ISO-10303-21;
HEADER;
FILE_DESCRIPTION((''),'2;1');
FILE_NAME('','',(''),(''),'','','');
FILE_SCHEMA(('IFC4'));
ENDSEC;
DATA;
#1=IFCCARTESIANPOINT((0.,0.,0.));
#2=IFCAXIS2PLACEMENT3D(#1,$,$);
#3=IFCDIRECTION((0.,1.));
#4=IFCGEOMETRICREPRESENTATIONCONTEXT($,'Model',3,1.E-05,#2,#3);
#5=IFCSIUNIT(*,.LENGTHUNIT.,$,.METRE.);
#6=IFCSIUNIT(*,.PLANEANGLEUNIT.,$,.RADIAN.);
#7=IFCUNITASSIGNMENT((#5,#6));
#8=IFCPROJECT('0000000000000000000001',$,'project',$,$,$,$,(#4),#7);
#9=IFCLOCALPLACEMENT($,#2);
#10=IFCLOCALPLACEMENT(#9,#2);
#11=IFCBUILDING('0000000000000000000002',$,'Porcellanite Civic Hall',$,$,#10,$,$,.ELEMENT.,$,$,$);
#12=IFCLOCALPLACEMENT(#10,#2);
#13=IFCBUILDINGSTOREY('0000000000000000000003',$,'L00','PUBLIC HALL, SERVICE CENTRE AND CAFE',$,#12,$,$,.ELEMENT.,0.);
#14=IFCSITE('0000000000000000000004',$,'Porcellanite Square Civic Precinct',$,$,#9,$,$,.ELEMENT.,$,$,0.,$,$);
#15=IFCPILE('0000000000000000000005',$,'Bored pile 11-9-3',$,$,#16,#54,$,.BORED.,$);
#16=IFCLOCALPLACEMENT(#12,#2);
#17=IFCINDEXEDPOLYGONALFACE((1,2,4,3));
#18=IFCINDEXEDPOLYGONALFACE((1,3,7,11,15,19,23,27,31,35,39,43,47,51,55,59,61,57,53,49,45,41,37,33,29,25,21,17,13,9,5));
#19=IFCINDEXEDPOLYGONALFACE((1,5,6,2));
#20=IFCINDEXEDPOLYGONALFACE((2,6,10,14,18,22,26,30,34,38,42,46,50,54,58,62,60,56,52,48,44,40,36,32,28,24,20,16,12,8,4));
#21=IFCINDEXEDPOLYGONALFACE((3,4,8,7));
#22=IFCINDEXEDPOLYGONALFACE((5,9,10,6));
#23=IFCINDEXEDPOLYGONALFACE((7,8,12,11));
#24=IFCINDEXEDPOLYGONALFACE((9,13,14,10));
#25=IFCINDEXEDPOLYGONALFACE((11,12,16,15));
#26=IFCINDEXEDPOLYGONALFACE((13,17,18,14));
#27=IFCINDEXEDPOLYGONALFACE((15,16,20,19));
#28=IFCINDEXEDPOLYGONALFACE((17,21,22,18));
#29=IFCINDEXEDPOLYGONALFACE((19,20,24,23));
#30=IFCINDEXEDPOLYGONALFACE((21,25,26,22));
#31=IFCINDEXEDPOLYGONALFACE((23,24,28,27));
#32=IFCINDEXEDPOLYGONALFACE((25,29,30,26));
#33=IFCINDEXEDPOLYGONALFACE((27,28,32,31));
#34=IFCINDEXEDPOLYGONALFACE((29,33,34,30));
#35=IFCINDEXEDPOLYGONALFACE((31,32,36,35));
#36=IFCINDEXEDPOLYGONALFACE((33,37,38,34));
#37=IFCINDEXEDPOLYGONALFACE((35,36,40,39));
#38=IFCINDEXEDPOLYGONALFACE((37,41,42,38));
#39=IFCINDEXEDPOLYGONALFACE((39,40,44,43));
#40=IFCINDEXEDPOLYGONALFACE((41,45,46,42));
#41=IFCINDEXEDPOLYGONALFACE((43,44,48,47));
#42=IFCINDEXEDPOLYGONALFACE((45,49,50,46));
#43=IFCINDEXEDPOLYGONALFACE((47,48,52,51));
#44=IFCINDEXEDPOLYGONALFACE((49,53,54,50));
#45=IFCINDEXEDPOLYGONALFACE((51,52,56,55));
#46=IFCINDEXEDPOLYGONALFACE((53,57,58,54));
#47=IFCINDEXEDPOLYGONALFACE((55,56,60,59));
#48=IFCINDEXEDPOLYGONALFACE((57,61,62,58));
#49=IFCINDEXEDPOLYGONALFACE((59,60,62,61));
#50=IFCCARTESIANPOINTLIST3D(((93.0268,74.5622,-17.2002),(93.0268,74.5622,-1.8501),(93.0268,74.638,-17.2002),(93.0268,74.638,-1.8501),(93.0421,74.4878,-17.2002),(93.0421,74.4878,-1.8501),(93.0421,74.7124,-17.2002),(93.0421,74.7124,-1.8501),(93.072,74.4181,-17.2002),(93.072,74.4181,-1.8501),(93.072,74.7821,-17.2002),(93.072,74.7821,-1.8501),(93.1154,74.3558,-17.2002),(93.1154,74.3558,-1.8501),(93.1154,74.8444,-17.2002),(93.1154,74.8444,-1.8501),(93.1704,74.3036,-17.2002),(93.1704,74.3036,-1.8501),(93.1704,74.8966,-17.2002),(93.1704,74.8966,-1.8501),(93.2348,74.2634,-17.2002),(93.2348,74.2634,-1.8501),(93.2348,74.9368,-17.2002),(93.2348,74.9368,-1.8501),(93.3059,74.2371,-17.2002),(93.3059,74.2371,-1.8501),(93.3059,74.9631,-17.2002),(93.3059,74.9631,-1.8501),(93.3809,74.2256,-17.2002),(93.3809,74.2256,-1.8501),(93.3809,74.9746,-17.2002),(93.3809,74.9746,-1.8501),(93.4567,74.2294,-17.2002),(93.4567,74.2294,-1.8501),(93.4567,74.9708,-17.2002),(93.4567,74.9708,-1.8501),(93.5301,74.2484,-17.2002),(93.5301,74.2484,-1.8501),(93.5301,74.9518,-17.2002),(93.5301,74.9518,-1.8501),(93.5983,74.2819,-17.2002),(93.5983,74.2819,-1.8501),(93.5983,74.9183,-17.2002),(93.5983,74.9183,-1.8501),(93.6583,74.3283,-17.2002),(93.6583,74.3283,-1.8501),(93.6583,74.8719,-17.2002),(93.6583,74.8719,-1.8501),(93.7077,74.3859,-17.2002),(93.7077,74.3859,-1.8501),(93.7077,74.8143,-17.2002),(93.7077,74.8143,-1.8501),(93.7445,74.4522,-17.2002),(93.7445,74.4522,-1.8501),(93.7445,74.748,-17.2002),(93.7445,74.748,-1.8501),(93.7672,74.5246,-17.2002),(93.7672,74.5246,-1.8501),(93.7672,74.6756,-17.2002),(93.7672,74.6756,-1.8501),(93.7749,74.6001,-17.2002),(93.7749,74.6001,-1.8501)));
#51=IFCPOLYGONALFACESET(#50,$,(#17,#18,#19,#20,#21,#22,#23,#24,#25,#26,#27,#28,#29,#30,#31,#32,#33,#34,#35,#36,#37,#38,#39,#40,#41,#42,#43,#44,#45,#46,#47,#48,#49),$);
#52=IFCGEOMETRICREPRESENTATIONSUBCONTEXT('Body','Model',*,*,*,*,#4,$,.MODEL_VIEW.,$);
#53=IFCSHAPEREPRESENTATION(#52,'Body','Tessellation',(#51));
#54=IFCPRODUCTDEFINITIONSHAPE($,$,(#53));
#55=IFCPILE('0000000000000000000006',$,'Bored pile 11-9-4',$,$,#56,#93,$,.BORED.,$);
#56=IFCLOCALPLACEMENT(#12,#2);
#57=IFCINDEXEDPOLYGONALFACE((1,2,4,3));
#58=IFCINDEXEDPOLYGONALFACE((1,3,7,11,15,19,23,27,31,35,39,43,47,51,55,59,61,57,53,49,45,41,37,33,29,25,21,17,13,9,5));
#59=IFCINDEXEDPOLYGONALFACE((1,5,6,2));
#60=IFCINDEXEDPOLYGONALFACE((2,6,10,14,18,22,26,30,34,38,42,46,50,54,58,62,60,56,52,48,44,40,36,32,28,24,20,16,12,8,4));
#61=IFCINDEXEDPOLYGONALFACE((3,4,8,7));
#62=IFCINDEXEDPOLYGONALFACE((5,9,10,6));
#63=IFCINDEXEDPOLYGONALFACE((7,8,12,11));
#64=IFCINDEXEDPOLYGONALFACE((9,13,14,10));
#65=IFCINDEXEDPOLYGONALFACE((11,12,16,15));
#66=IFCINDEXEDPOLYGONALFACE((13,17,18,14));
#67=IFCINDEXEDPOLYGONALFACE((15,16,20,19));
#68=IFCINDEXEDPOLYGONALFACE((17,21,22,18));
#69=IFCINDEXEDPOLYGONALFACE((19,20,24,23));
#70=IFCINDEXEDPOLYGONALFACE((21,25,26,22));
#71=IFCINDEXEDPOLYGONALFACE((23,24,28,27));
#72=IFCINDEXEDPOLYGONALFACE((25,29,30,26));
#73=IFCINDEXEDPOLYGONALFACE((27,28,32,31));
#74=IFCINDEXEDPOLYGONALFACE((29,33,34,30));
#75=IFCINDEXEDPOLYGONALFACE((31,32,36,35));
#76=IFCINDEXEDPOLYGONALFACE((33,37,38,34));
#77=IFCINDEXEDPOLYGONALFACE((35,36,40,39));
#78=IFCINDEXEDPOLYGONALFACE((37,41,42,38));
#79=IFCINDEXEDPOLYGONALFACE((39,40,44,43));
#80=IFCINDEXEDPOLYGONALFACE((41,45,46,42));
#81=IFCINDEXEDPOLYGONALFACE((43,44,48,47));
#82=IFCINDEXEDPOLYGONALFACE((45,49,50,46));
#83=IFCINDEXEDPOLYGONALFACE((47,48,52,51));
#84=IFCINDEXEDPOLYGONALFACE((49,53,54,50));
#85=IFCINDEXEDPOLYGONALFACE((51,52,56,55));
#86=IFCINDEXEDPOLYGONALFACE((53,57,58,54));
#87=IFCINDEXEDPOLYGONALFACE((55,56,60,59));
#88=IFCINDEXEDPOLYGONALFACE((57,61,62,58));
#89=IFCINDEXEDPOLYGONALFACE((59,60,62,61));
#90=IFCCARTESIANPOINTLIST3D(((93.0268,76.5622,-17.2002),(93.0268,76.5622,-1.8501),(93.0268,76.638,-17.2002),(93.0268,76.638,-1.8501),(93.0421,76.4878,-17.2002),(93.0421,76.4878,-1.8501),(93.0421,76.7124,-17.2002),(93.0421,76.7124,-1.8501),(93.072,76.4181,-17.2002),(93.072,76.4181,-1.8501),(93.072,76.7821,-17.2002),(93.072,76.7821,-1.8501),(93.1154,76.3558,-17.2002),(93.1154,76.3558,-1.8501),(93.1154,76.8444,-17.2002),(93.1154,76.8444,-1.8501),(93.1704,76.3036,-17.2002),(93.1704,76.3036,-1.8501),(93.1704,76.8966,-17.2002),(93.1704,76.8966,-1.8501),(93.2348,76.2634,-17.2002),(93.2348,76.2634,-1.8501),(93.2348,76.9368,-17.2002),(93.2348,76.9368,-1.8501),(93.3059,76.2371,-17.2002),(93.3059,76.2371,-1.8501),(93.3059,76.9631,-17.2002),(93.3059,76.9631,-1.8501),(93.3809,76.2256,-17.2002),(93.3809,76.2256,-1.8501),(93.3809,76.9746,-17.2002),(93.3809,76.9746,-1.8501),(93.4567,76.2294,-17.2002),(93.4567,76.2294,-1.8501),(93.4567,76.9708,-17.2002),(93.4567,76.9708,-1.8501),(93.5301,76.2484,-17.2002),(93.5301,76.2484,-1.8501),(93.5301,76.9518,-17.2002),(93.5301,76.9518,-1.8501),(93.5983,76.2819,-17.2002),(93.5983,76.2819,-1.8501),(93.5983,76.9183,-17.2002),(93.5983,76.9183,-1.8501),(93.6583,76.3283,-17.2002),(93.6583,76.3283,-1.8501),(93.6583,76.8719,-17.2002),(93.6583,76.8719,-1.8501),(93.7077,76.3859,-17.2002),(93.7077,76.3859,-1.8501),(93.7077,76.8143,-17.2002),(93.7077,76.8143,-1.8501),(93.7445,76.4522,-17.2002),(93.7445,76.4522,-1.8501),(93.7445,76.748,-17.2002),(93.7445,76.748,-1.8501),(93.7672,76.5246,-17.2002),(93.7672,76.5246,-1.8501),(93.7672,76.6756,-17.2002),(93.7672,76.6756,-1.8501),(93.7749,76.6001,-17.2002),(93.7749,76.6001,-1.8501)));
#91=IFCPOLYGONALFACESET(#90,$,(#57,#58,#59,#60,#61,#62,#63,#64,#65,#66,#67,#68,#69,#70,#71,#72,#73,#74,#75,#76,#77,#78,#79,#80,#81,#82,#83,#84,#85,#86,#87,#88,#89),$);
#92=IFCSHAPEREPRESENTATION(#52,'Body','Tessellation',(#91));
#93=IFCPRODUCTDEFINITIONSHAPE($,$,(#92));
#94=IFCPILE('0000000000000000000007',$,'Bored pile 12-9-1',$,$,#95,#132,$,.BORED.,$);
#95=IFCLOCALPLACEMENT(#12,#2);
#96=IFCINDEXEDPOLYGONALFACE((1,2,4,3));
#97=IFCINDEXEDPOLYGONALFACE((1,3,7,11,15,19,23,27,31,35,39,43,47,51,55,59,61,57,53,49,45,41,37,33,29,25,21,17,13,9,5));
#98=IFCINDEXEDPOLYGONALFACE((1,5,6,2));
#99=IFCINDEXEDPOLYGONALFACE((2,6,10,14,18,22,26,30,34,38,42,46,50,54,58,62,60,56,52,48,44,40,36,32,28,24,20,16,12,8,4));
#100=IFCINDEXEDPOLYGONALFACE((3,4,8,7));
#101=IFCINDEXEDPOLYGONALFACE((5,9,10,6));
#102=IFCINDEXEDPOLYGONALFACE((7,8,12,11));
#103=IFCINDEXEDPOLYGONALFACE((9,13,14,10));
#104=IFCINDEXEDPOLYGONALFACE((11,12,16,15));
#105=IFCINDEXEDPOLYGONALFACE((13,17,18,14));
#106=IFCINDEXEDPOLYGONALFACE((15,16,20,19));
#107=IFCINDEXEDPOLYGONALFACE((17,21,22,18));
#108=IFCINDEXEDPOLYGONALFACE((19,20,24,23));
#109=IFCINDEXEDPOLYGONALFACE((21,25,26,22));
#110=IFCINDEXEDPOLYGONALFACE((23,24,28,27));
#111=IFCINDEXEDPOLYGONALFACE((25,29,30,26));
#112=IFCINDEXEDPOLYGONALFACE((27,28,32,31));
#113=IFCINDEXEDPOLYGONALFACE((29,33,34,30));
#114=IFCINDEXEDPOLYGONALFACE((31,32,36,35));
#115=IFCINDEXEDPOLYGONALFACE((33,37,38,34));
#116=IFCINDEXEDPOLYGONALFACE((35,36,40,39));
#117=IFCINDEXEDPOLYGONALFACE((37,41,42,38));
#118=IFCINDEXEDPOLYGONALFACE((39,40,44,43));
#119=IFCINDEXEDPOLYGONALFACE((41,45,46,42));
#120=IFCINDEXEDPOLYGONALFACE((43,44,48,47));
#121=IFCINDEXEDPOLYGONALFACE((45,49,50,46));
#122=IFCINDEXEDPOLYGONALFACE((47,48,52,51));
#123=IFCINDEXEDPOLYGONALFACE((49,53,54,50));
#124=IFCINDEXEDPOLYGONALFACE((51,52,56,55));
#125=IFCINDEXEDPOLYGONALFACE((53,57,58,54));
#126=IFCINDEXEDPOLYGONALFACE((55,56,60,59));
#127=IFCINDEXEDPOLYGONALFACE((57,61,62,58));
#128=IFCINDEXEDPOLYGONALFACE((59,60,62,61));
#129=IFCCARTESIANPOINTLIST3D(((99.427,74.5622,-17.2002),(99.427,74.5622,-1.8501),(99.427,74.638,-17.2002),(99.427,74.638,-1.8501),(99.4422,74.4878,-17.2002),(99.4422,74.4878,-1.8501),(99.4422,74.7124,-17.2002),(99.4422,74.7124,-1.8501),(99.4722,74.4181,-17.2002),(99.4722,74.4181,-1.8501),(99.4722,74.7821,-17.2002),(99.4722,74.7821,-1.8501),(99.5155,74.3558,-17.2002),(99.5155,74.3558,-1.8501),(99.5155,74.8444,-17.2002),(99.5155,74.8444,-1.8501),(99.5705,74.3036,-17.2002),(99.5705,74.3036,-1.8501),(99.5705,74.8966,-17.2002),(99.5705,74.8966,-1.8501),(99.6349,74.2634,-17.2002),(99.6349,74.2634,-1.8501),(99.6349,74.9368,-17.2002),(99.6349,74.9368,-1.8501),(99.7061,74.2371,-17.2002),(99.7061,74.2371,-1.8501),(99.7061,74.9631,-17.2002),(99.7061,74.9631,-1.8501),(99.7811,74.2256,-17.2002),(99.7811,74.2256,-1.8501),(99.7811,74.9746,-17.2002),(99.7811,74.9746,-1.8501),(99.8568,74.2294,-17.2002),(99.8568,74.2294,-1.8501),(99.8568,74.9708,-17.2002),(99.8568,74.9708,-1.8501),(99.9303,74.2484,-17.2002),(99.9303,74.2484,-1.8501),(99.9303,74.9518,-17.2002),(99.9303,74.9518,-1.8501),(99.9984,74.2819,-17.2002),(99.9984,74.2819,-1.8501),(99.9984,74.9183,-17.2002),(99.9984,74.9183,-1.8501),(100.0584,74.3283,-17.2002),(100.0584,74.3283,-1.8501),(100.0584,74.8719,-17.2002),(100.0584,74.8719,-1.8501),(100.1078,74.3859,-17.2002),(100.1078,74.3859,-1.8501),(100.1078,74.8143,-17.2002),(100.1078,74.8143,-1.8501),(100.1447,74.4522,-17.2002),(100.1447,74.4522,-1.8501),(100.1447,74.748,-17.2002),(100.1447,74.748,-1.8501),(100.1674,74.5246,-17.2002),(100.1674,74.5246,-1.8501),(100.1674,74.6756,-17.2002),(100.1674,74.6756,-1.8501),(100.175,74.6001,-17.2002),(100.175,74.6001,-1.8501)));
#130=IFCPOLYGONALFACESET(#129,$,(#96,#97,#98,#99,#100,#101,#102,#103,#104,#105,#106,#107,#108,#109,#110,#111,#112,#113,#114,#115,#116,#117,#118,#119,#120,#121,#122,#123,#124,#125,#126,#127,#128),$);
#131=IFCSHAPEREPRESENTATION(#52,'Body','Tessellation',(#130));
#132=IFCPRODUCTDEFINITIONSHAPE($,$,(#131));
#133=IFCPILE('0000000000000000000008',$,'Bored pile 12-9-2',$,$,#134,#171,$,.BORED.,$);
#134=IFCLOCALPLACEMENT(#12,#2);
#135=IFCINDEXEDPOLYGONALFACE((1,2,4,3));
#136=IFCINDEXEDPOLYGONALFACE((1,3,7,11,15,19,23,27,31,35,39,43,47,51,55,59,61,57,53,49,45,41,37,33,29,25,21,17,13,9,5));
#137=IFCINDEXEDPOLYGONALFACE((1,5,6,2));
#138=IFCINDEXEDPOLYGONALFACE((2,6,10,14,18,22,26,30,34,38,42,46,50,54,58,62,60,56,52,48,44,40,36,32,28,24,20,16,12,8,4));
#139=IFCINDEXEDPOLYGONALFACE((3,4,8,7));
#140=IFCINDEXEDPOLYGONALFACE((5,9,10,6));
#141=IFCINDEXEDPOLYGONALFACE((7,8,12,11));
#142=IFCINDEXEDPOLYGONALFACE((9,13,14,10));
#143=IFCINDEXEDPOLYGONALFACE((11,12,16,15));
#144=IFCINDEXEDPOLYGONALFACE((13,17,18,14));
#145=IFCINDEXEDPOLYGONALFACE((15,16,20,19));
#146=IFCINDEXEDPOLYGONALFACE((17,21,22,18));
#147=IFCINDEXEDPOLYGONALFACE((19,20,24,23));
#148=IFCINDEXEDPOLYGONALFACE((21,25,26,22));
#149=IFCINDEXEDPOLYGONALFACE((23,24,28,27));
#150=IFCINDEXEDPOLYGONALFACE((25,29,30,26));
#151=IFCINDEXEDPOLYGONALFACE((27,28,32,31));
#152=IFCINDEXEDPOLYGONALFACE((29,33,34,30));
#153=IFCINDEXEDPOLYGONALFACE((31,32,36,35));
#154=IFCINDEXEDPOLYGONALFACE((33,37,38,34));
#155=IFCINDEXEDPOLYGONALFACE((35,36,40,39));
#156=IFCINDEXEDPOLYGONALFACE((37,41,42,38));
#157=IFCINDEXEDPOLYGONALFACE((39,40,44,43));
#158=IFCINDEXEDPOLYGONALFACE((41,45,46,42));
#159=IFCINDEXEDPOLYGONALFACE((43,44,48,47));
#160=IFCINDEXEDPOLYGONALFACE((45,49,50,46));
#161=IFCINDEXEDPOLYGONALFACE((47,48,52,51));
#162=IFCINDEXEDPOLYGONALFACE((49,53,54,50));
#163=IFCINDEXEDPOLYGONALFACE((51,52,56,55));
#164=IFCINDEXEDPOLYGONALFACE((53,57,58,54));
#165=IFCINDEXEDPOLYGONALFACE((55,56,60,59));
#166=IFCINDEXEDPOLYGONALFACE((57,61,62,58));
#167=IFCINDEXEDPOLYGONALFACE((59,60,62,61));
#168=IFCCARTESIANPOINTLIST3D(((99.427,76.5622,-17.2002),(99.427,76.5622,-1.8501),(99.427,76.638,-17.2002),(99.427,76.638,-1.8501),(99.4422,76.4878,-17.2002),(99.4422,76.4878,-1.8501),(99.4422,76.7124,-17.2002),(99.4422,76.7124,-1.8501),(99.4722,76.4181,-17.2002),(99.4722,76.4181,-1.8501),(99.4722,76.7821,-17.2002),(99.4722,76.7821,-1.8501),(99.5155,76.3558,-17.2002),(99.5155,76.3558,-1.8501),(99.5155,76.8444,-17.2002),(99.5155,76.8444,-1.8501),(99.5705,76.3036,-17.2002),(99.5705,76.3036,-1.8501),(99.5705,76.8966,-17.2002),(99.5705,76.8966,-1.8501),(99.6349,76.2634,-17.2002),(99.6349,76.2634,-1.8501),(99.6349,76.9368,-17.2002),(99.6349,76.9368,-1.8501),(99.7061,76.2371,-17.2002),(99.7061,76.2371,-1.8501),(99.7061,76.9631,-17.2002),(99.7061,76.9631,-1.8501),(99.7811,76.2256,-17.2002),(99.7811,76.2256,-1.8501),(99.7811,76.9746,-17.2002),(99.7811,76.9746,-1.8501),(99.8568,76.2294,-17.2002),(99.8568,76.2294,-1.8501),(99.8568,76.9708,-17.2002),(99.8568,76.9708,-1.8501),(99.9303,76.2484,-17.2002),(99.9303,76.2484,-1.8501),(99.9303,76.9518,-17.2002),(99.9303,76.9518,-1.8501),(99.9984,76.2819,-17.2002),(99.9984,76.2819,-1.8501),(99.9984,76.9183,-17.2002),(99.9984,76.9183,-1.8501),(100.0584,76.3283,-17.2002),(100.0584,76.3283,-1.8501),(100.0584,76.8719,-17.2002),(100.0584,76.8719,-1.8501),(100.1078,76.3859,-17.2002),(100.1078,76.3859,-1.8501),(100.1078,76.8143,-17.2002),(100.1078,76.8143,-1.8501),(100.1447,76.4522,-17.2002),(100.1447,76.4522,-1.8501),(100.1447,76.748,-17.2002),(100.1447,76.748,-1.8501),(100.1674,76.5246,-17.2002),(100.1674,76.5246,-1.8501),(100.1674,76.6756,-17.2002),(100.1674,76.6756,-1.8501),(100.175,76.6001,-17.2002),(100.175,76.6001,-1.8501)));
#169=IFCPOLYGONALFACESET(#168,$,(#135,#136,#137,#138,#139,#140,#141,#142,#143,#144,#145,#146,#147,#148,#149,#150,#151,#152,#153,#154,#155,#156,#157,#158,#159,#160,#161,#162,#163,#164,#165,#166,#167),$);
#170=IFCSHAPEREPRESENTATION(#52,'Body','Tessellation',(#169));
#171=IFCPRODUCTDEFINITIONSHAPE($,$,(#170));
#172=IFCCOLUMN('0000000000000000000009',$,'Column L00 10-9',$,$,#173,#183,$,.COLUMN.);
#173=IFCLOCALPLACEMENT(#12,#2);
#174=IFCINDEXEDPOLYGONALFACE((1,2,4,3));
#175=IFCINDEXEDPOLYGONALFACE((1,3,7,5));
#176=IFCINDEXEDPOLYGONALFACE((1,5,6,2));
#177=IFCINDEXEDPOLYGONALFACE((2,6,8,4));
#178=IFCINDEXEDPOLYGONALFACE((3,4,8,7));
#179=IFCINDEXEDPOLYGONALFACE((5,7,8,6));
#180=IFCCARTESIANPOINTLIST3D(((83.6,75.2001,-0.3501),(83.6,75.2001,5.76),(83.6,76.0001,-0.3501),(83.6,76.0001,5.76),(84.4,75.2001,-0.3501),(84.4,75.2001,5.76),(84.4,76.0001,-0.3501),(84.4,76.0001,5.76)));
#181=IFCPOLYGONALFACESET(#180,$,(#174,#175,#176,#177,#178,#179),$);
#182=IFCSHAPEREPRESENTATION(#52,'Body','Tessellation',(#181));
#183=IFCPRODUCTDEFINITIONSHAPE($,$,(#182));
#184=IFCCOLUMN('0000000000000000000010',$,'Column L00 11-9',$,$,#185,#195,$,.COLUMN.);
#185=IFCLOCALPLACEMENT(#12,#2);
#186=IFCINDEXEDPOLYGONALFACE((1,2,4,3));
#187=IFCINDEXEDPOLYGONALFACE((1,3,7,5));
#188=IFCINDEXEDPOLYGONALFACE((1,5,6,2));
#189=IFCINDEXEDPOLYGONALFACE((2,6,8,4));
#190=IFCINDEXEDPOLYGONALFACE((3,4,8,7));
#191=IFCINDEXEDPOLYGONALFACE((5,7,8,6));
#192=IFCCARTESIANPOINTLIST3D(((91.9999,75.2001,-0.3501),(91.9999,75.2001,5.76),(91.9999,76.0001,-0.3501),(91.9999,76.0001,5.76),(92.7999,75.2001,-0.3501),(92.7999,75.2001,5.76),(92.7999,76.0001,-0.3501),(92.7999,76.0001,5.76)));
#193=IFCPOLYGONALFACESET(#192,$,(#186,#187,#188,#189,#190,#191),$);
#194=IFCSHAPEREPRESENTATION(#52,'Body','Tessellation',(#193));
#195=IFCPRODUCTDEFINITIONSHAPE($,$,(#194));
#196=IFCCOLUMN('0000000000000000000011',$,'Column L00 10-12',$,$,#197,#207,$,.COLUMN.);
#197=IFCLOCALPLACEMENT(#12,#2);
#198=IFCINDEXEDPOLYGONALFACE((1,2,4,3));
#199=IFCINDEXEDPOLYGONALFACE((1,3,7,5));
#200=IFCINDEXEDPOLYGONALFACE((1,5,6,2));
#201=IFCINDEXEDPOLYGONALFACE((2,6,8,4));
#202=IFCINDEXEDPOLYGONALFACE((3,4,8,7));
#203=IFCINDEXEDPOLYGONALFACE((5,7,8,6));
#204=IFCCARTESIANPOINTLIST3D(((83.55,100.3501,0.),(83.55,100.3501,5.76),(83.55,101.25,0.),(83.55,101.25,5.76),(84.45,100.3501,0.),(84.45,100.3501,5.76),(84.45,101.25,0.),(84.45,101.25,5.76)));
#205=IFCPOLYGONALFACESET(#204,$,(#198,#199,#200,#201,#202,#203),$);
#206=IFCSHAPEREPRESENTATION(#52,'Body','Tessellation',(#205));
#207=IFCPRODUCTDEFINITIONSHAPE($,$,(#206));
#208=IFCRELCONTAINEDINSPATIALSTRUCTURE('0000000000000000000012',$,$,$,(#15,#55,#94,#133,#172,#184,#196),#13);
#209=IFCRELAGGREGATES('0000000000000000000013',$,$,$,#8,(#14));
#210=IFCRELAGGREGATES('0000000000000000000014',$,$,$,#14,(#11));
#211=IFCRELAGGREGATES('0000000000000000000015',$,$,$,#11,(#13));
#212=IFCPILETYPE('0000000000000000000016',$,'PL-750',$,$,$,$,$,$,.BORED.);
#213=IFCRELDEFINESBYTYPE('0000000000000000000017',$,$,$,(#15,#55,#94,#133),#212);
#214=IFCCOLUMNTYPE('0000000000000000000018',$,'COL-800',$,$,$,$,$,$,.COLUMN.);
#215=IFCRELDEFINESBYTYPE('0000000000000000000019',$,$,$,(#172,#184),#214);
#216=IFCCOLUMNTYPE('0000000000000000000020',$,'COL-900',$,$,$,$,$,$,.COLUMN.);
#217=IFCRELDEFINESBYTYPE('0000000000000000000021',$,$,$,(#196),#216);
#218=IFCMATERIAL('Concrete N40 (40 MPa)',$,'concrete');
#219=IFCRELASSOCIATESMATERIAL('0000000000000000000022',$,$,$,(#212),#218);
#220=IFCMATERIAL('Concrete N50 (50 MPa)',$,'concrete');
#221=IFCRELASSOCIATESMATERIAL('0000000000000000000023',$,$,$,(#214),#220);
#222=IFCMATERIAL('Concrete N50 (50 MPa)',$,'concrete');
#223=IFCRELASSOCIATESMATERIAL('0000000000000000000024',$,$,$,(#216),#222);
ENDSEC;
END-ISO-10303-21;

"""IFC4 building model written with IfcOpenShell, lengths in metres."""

from ifc_helpers import new_model, si_unit, direction, frame, origin, origin_2d, place, context, subcontext, project, spatial, rectangle, circle, extrude, material, material_profile, profile_set, type_object, element, save


model = new_model("IFC4")

# Units and contexts
model_context = context("Model", 3, precision=1e-05, world=origin(), true_north=direction((0.0, 1.0)))
body_context = subcontext(model_context, "Body", "Model", "MODEL_VIEW")
ifc_project = project(units=[si_unit("LENGTHUNIT", "METRE"), si_unit("PLANEANGLEUNIT", "RADIAN")], contexts=[model_context])

# Site, building, storey
site_placement = place(None, origin())
site = spatial("IfcSite", under=ifc_project, at=site_placement, Name="Porcellanite Square Civic Precinct", CompositionType="ELEMENT", RefElevation=0.0)
building_placement = place(site_placement, origin())
building = spatial("IfcBuilding", under=site, at=building_placement, Name="Porcellanite Civic Hall", CompositionType="ELEMENT")
storey_placement = place(building_placement, origin())
storey = spatial("IfcBuildingStorey", under=building, at=storey_placement, Name="L00", Description="PUBLIC HALL, SERVICE CENTRE AND CAFE", CompositionType="ELEMENT", Elevation=0.0)

# Piles
ifc_material_1 = material(Name="Concrete N40 (40 MPa)", Category="concrete")
ifc_material_profile_1 = material_profile(ifc_material_1, circle(Radius=0.375, at=origin_2d()), Name="PILE-D750")
ifc_profile_set_1 = profile_set([ifc_material_profile_1], Name="Concrete N40 (40 MPa)")
pile_type = type_object("IfcPileType", Name="PL-750", PredefinedType="BORED", material=ifc_profile_set_1)
for number, where, z_axis, x_axis, name in (
    (1, (93.3999, 74.6001, -1.8501), (0.0, 0.0, -1.0), (1.0, 0.0, 0.0), "Bored pile 11-9-3"),
    (2, (93.3999, 76.6001, -1.8501), (0.0, 0.0, -1.0), (1.0, 0.0, 0.0), "Bored pile 11-9-4"),
    (3, (99.8, 74.6001, -1.8501), (0.0, 0.0, -1.0), (1.0, 0.0, 0.0), "Bored pile 12-9-1"),
    (4, (99.8, 76.6001, -1.8501), (0.0, 0.0, -1.0), (1.0, 0.0, 0.0), "Bored pile 12-9-2"),
):
    element("IfcPile", number, at=place(storey_placement, frame(where, z_axis=z_axis, x_axis=x_axis)), inside=storey, type_object=pile_type, Name=name, PredefinedType="BORED", context=body_context, shape_type="SweptSolid", body=[
        extrude(circle(Radius=0.375, at=origin_2d()), origin(), (0.0, 0.0, 1.0), 15.3501),
    ])

# Columns
ifc_material_2 = material(Name="Concrete N50 (50 MPa)", Category="concrete")
ifc_material_profile_2 = material_profile(ifc_material_2, rectangle(XDim=0.8, YDim=0.8, at=origin_2d()), Name="RC-800x800")
ifc_profile_set_2 = profile_set([ifc_material_profile_2], Name="Concrete N50 (50 MPa)")
column_type_1 = type_object("IfcColumnType", Name="COL-800", PredefinedType="COLUMN", material=ifc_profile_set_2)
for number, where, z_axis, x_axis, name in (
    (5, (84.0, 75.6001, -0.3501), (0.0, 0.0, 1.0), (1.0, 0.0, 0.0), "Column L00 10-9"),
    (6, (92.3999, 75.6001, -0.3501), (0.0, 0.0, 1.0), (1.0, 0.0, 0.0), "Column L00 11-9"),
):
    element("IfcColumn", number, at=place(storey_placement, frame(where, z_axis=z_axis, x_axis=x_axis)), inside=storey, type_object=column_type_1, Name=name, PredefinedType="COLUMN", context=body_context, shape_type="SweptSolid", body=[
        extrude(rectangle(XDim=0.8, YDim=0.8, at=origin_2d()), origin(), (0.0, 0.0, 1.0), 6.1101),
    ])
ifc_material_3 = material(Name="Concrete N50 (50 MPa)", Category="concrete")
ifc_material_profile_3 = material_profile(ifc_material_3, rectangle(XDim=0.8999, YDim=0.8999, at=origin_2d()), Name="RC-900x900")
ifc_profile_set_3 = profile_set([ifc_material_profile_3], Name="Concrete N50 (50 MPa)")
column_type_2 = type_object("IfcColumnType", Name="COL-900", PredefinedType="COLUMN", material=ifc_profile_set_3)
for number, where, z_axis, x_axis, name in (
    (7, (84.0, 100.8, 0.0), (0.0, 0.0, 1.0), (1.0, 0.0, 0.0), "Column L00 10-12"),
):
    element("IfcColumn", number, at=place(storey_placement, frame(where, z_axis=z_axis, x_axis=x_axis)), inside=storey, type_object=column_type_2, Name=name, PredefinedType="COLUMN", context=body_context, shape_type="SweptSolid", body=[
        extrude(rectangle(XDim=0.8999, YDim=0.8999, at=origin_2d()), origin(), (0.0, 0.0, 1.0), 5.76),
    ])

save(model, "model.ifc")
